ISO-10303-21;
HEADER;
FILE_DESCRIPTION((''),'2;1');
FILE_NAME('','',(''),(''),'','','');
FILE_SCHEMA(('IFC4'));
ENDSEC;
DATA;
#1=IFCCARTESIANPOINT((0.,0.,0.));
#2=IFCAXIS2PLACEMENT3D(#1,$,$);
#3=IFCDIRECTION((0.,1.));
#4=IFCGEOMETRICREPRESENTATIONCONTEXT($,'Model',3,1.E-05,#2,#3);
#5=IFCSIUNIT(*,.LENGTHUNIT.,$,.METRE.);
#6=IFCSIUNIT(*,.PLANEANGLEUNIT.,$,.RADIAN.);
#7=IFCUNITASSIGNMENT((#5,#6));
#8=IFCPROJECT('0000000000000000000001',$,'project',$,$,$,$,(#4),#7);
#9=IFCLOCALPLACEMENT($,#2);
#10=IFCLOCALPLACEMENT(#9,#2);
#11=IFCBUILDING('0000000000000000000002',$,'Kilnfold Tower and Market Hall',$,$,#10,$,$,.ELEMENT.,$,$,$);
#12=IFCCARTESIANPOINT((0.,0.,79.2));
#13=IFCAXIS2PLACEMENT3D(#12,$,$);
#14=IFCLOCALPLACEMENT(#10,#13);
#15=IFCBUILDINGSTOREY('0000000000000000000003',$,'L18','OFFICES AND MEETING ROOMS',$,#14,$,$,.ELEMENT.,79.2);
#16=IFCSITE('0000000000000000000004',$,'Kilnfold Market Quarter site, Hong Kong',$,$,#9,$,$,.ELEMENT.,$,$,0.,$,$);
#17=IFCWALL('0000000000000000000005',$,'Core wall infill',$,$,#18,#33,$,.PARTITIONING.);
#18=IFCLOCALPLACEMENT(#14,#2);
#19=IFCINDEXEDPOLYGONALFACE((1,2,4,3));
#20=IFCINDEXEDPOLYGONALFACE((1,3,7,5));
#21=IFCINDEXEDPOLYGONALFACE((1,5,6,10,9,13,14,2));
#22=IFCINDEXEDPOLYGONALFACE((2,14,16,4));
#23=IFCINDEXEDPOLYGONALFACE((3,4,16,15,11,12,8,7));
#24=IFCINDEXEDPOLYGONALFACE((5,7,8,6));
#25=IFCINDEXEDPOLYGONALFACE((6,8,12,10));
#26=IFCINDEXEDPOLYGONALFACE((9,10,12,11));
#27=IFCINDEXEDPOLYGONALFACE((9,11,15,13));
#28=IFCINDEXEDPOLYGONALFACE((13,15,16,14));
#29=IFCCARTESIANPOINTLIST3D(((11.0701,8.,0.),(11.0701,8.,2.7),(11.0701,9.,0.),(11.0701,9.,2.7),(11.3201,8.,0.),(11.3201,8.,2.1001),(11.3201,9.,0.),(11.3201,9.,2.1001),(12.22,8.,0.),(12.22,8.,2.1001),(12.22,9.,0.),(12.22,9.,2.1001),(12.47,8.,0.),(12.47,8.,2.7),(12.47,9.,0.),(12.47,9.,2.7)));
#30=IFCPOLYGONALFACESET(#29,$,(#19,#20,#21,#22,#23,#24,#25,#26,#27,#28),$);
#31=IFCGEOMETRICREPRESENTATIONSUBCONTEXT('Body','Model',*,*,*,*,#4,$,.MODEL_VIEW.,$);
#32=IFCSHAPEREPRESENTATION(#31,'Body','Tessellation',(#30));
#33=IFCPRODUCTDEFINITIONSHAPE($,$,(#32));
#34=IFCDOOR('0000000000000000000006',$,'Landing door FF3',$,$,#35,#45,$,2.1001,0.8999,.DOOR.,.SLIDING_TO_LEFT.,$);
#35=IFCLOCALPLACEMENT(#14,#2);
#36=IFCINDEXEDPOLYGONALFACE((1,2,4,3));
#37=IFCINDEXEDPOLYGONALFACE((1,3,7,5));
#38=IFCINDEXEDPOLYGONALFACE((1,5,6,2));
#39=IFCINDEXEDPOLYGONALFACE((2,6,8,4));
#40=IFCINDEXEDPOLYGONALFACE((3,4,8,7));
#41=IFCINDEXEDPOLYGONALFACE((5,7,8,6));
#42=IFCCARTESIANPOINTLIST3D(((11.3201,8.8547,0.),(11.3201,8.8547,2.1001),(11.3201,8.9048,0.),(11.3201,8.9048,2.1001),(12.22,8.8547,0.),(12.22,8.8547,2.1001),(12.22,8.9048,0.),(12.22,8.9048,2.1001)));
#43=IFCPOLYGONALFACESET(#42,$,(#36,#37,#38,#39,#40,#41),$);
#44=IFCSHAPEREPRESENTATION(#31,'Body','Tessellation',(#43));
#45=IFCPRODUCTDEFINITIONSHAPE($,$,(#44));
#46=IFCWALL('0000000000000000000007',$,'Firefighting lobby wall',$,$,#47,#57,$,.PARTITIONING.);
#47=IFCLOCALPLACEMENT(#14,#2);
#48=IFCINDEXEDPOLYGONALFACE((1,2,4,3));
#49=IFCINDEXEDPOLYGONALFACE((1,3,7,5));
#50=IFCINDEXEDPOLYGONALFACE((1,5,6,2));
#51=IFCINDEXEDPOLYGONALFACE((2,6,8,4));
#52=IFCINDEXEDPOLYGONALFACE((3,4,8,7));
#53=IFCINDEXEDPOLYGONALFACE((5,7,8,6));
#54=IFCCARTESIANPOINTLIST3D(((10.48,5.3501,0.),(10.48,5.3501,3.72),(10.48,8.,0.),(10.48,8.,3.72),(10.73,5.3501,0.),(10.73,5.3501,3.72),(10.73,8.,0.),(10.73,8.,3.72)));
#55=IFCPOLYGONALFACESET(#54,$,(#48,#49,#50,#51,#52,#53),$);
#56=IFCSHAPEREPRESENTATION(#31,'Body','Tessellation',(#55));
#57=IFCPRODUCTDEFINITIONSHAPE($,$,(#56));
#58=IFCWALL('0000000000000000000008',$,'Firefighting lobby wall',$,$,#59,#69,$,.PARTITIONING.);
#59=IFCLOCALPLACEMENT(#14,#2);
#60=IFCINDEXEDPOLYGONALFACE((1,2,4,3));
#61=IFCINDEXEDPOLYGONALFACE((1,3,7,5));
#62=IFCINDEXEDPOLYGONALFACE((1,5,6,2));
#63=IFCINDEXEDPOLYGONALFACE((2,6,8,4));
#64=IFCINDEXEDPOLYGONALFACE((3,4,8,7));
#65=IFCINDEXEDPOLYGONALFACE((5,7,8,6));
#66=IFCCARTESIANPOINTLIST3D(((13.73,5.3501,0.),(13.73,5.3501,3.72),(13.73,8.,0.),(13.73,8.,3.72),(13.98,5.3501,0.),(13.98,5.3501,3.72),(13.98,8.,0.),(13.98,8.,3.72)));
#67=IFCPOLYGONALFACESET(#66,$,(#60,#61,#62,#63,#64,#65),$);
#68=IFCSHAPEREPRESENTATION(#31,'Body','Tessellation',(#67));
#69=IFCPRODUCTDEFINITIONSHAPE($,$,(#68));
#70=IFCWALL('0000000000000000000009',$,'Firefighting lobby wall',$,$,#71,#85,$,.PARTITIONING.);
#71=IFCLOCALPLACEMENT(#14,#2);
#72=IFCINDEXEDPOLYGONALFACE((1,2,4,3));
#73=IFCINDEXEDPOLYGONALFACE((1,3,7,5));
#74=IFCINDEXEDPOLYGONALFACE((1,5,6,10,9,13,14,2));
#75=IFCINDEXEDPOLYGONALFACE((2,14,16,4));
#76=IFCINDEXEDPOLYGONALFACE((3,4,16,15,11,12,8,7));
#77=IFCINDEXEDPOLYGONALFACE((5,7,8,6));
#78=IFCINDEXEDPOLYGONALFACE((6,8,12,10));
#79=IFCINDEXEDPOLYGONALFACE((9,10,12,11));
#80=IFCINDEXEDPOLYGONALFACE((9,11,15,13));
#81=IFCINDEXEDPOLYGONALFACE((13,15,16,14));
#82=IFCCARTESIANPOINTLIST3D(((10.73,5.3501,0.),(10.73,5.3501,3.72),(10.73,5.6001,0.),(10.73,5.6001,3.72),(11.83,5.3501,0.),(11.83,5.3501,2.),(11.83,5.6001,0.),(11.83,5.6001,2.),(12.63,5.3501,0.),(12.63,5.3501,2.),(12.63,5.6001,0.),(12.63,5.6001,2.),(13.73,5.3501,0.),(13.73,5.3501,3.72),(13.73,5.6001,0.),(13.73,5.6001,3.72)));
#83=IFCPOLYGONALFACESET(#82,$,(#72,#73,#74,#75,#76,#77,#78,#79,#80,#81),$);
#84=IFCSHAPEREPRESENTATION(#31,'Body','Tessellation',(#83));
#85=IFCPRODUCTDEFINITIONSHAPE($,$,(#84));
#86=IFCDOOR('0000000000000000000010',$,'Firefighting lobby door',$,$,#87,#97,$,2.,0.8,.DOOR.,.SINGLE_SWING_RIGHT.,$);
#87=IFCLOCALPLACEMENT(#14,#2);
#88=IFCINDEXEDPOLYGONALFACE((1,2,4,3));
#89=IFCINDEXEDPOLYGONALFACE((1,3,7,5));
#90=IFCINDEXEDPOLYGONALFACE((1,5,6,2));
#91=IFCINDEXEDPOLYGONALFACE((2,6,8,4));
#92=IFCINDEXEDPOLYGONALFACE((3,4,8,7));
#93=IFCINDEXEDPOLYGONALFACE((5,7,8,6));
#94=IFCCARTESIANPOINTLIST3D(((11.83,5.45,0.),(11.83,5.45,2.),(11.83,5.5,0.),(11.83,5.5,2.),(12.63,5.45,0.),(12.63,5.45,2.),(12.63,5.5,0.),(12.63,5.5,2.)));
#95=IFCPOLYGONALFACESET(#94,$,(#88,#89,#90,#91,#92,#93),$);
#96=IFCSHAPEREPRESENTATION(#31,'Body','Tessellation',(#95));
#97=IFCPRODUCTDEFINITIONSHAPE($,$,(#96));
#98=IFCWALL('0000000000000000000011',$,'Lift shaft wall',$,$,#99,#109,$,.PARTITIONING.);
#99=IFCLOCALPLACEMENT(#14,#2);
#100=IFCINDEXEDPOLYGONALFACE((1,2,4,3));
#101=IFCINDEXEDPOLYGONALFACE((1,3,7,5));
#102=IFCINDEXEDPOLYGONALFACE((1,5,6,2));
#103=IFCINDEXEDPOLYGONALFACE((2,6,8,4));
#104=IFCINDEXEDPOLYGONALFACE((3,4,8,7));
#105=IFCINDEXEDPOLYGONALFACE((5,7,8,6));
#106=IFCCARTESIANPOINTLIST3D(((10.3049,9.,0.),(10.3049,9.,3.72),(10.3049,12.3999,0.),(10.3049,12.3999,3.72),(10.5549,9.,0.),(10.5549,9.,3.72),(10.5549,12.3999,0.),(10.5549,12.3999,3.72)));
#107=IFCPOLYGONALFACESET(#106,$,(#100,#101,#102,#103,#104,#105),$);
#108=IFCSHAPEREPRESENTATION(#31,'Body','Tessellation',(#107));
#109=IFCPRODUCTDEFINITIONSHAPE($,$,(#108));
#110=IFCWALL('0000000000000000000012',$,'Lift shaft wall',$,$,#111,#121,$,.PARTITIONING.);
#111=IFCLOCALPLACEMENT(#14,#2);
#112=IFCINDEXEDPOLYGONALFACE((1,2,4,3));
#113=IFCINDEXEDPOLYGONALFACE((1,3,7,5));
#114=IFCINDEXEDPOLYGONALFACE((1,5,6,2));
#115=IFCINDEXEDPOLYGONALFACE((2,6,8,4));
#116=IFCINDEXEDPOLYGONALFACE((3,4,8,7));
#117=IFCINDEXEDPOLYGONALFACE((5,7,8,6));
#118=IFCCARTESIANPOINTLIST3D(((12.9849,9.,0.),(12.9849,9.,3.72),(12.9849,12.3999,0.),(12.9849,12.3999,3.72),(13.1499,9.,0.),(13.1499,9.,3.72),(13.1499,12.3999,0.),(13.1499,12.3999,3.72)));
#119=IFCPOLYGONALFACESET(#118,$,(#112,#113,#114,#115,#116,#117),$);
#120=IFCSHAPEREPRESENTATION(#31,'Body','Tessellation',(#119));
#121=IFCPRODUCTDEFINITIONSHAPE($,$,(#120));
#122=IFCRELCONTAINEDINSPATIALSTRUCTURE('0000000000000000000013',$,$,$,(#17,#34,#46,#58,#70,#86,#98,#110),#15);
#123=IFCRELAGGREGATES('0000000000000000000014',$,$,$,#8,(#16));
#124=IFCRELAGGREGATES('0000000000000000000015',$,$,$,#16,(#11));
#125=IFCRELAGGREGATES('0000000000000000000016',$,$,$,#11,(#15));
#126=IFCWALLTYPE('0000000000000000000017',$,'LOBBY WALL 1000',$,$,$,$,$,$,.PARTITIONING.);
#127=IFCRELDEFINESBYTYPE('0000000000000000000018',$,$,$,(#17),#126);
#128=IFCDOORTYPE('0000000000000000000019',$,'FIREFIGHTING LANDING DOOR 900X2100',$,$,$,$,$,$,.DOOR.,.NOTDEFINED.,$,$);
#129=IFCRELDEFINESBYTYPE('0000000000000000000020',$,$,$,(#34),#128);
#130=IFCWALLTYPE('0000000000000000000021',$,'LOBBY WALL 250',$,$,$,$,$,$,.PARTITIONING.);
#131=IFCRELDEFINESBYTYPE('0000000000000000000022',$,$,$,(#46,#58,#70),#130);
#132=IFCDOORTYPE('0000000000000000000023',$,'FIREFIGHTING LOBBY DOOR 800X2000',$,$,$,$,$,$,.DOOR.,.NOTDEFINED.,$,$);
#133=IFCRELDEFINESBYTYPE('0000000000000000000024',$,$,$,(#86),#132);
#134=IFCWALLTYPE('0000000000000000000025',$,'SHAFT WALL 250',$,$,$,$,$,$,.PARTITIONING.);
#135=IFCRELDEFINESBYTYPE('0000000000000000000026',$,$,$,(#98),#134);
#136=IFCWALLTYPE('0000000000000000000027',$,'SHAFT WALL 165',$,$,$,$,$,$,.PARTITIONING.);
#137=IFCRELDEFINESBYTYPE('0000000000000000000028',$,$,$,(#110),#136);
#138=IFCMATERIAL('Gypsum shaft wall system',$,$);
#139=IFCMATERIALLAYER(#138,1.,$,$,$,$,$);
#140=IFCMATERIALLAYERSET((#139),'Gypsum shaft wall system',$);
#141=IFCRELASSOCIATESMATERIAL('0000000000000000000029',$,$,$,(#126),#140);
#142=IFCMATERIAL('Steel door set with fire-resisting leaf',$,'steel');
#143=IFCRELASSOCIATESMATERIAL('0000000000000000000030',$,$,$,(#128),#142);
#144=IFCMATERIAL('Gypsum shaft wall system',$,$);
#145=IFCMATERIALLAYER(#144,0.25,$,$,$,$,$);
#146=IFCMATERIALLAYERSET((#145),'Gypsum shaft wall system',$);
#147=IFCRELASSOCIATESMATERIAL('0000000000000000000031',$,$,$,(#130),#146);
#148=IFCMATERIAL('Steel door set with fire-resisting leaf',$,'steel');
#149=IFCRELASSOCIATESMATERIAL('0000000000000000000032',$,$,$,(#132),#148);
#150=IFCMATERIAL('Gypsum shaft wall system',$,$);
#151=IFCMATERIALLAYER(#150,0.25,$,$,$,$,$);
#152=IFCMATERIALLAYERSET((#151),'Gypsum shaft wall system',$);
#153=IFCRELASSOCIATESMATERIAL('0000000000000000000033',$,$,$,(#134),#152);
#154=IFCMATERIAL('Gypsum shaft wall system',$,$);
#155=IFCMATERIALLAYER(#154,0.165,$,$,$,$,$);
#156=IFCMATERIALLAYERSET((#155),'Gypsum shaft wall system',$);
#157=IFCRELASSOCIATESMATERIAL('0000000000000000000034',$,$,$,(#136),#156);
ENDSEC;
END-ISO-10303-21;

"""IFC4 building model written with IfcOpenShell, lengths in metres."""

from ifc_helpers import new_model, si_unit, direction, frame, frame_2d, origin, place, context, subcontext, project, spatial, rectangle, extrude, source, transform, mapped, material, layer, layer_set, type_object, element, fill, save


model = new_model("IFC4")

# Units and contexts
model_context = context("Model", 3, precision=1e-05, world=origin(), true_north=direction((0.0, 1.0)))
body_context = subcontext(model_context, "Body", "Model", "MODEL_VIEW")
ifc_project = project(units=[si_unit("LENGTHUNIT", "METRE"), si_unit("PLANEANGLEUNIT", "RADIAN")], contexts=[model_context])

# Site, building, storey
site_placement = place(None, origin())
site = spatial("IfcSite", under=ifc_project, at=site_placement, Name="Kilnfold Market Quarter site, Hong Kong", CompositionType="ELEMENT", RefElevation=0.0)
building_placement = place(site_placement, origin())
building = spatial("IfcBuilding", under=site, at=building_placement, Name="Kilnfold Tower and Market Hall", CompositionType="ELEMENT")
storey_placement = place(building_placement, frame((0.0, 0.0, 79.2)))
storey = spatial("IfcBuildingStorey", under=building, at=storey_placement, Name="L18", Description="OFFICES AND MEETING ROOMS", CompositionType="ELEMENT", Elevation=79.2)

# Wall, opening, door
ifc_material_1 = material(Name="Gypsum shaft wall system")
ifc_layer_1 = layer(ifc_material_1, 1.0)
ifc_layer_set_1 = layer_set([ifc_layer_1], Name="Gypsum shaft wall system")
wall_type_1 = type_object("IfcWallType", Name="LOBBY WALL 1000", PredefinedType="PARTITIONING", material=ifc_layer_set_1)
shared_shape_1 = source(origin(), body_context, "Body", "SweptSolid", [
    extrude(rectangle(XDim=1.3999, YDim=1.0, at=frame_2d((0.7, 0.0))), origin(), (0.0, 0.0, 1.0), 2.7),
])
wall_1_placement = place(storey_placement, frame((11.0701, 8.5, 0.0), z_axis=(0.0, 0.0, 1.0), x_axis=(1.0, 0.0, 0.0)))
wall_1 = element("IfcWall", 1, at=wall_1_placement, inside=storey, type_object=wall_type_1, Name="Core wall infill", PredefinedType="PARTITIONING", context=body_context, shape_type="MappedRepresentation", body=[
    mapped(shared_shape_1, transform((0.0, 0.0, 0.0))),
])
opening_1_placement = place(wall_1_placement, frame((0.25, 0.0, 0.0)))
opening_1 = element("IfcOpeningElement", 2, at=opening_1_placement, cuts=wall_1, PredefinedType="OPENING", context=body_context, shape_type="SweptSolid", body=[
    extrude(rectangle(XDim=0.8999, YDim=2.1001, at=frame_2d((0.45, 1.05))), frame((0.0, 0.51, 0.0), z_axis=(0.0, -1.0, 0.0), x_axis=(1.0, 0.0, 0.0)), (0.0, 0.0, 1.0), 1.02),
])
ifc_material_2 = material(Name="Steel door set with fire-resisting leaf", Category="steel")
door_type_1 = type_object("IfcDoorType", Name="FIREFIGHTING LANDING DOOR 900X2100", OperationType="NOTDEFINED", PredefinedType="DOOR", material=ifc_material_2)
door_1_placement = place(opening_1_placement, origin())
door_1 = element("IfcDoor", 3, at=door_1_placement, inside=storey, type_object=door_type_1, Name="Landing door FF3", OperationType="SLIDING_TO_LEFT", OverallHeight=2.1001, OverallWidth=0.8999, PredefinedType="DOOR", context=body_context, shape_type="SweptSolid", body=[
    extrude(rectangle(XDim=0.8999, YDim=2.1001, at=frame_2d((0.45, 1.05))), frame((0.0, 0.4048, 0.0), z_axis=(0.0, -1.0, 0.0), x_axis=(1.0, 0.0, 0.0)), (0.0, 0.0, 1.0), 0.05),
])
fill(opening_1, door_1)

# Walls
ifc_material_3 = material(Name="Gypsum shaft wall system")
ifc_layer_2 = layer(ifc_material_3, 0.25)
ifc_layer_set_2 = layer_set([ifc_layer_2], Name="Gypsum shaft wall system")
wall_type_2 = type_object("IfcWallType", Name="LOBBY WALL 250", PredefinedType="PARTITIONING", material=ifc_layer_set_2)
shared_shape_2 = source(origin(), body_context, "Body", "SweptSolid", [
    extrude(rectangle(XDim=2.6499, YDim=0.25, at=frame_2d((1.325, 0.0))), origin(), (0.0, 0.0, 1.0), 3.72),
])
for number, where, z_axis, x_axis, name in (
    (4, (10.605, 5.3501, 0.0), (0.0, 0.0, 1.0), (0.0, 1.0, 0.0), "Firefighting lobby wall"),
    (5, (13.855, 5.3501, 0.0), (0.0, 0.0, 1.0), (0.0, 1.0, 0.0), "Firefighting lobby wall"),
):
    element("IfcWall", number, at=place(storey_placement, frame(where, z_axis=z_axis, x_axis=x_axis)), inside=storey, type_object=wall_type_2, Name=name, PredefinedType="PARTITIONING", context=body_context, shape_type="MappedRepresentation", body=[
        mapped(shared_shape_2, transform((0.0, 0.0, 0.0))),
    ])

# Wall, opening, door
shared_shape_3 = source(origin(), body_context, "Body", "SweptSolid", [
    extrude(rectangle(XDim=3.0, YDim=0.25, at=frame_2d((1.5, 0.0))), origin(), (0.0, 0.0, 1.0), 3.72),
])
wall_2_placement = place(storey_placement, frame((10.73, 5.4751, 0.0), z_axis=(0.0, 0.0, 1.0), x_axis=(1.0, 0.0, 0.0)))
wall_2 = element("IfcWall", 6, at=wall_2_placement, inside=storey, type_object=wall_type_2, Name="Firefighting lobby wall", PredefinedType="PARTITIONING", context=body_context, shape_type="MappedRepresentation", body=[
    mapped(shared_shape_3, transform((0.0, 0.0, 0.0))),
])
opening_2_placement = place(wall_2_placement, frame((1.1001, 0.0, 0.0)))
opening_2 = element("IfcOpeningElement", 7, at=opening_2_placement, cuts=wall_2, PredefinedType="OPENING", context=body_context, shape_type="SweptSolid", body=[
    extrude(rectangle(XDim=0.8, YDim=2.0, at=frame_2d((0.3999, 1.0))), frame((0.0, 0.135, 0.0), z_axis=(0.0, -1.0, 0.0), x_axis=(1.0, 0.0, 0.0)), (0.0, 0.0, 1.0), 0.27),
])
ifc_material_4 = material(Name="Steel door set with fire-resisting leaf", Category="steel")
door_type_2 = type_object("IfcDoorType", Name="FIREFIGHTING LOBBY DOOR 800X2000", OperationType="NOTDEFINED", PredefinedType="DOOR", material=ifc_material_4)
door_2_placement = place(opening_2_placement, origin())
door_2 = element("IfcDoor", 8, at=door_2_placement, inside=storey, type_object=door_type_2, Name="Firefighting lobby door", OperationType="SINGLE_SWING_RIGHT", OverallHeight=2.0, OverallWidth=0.8, PredefinedType="DOOR", context=body_context, shape_type="SweptSolid", body=[
    extrude(rectangle(XDim=0.8, YDim=2.0, at=frame_2d((0.3999, 1.0))), frame((0.0, 0.0249, 0.0), z_axis=(0.0, -1.0, 0.0), x_axis=(1.0, 0.0, 0.0)), (0.0, 0.0, 1.0), 0.05),
])
fill(opening_2, door_2)

# Walls
ifc_material_5 = material(Name="Gypsum shaft wall system")
ifc_layer_3 = layer(ifc_material_5, 0.25)
ifc_layer_set_3 = layer_set([ifc_layer_3], Name="Gypsum shaft wall system")
wall_type_3 = type_object("IfcWallType", Name="SHAFT WALL 250", PredefinedType="PARTITIONING", material=ifc_layer_set_3)
shared_shape_4 = source(origin(), body_context, "Body", "SweptSolid", [
    extrude(rectangle(XDim=3.3999, YDim=0.25, at=frame_2d((1.7, 0.0))), origin(), (0.0, 0.0, 1.0), 3.72),
])
wall_3_placement = place(storey_placement, frame((10.4299, 9.0, 0.0), z_axis=(0.0, 0.0, 1.0), x_axis=(0.0, 1.0, 0.0)))
element("IfcWall", 9, at=wall_3_placement, inside=storey, type_object=wall_type_3, Name="Lift shaft wall", PredefinedType="PARTITIONING", context=body_context, shape_type="MappedRepresentation", body=[
    mapped(shared_shape_4, transform((0.0, 0.0, 0.0))),
])
ifc_material_6 = material(Name="Gypsum shaft wall system")
ifc_layer_4 = layer(ifc_material_6, 0.165)
ifc_layer_set_4 = layer_set([ifc_layer_4], Name="Gypsum shaft wall system")
wall_type_4 = type_object("IfcWallType", Name="SHAFT WALL 165", PredefinedType="PARTITIONING", material=ifc_layer_set_4)
shared_shape_5 = source(origin(), body_context, "Body", "SweptSolid", [
    extrude(rectangle(XDim=3.3999, YDim=0.165, at=frame_2d((1.7, 0.0))), origin(), (0.0, 0.0, 1.0), 3.72),
])
wall_4_placement = place(storey_placement, frame((13.0674, 9.0, 0.0), z_axis=(0.0, 0.0, 1.0), x_axis=(0.0, 1.0, 0.0)))
element("IfcWall", 10, at=wall_4_placement, inside=storey, type_object=wall_type_4, Name="Lift shaft wall", PredefinedType="PARTITIONING", context=body_context, shape_type="MappedRepresentation", body=[
    mapped(shared_shape_5, transform((0.0, 0.0, 0.0))),
])

save(model, "model.ifc")
